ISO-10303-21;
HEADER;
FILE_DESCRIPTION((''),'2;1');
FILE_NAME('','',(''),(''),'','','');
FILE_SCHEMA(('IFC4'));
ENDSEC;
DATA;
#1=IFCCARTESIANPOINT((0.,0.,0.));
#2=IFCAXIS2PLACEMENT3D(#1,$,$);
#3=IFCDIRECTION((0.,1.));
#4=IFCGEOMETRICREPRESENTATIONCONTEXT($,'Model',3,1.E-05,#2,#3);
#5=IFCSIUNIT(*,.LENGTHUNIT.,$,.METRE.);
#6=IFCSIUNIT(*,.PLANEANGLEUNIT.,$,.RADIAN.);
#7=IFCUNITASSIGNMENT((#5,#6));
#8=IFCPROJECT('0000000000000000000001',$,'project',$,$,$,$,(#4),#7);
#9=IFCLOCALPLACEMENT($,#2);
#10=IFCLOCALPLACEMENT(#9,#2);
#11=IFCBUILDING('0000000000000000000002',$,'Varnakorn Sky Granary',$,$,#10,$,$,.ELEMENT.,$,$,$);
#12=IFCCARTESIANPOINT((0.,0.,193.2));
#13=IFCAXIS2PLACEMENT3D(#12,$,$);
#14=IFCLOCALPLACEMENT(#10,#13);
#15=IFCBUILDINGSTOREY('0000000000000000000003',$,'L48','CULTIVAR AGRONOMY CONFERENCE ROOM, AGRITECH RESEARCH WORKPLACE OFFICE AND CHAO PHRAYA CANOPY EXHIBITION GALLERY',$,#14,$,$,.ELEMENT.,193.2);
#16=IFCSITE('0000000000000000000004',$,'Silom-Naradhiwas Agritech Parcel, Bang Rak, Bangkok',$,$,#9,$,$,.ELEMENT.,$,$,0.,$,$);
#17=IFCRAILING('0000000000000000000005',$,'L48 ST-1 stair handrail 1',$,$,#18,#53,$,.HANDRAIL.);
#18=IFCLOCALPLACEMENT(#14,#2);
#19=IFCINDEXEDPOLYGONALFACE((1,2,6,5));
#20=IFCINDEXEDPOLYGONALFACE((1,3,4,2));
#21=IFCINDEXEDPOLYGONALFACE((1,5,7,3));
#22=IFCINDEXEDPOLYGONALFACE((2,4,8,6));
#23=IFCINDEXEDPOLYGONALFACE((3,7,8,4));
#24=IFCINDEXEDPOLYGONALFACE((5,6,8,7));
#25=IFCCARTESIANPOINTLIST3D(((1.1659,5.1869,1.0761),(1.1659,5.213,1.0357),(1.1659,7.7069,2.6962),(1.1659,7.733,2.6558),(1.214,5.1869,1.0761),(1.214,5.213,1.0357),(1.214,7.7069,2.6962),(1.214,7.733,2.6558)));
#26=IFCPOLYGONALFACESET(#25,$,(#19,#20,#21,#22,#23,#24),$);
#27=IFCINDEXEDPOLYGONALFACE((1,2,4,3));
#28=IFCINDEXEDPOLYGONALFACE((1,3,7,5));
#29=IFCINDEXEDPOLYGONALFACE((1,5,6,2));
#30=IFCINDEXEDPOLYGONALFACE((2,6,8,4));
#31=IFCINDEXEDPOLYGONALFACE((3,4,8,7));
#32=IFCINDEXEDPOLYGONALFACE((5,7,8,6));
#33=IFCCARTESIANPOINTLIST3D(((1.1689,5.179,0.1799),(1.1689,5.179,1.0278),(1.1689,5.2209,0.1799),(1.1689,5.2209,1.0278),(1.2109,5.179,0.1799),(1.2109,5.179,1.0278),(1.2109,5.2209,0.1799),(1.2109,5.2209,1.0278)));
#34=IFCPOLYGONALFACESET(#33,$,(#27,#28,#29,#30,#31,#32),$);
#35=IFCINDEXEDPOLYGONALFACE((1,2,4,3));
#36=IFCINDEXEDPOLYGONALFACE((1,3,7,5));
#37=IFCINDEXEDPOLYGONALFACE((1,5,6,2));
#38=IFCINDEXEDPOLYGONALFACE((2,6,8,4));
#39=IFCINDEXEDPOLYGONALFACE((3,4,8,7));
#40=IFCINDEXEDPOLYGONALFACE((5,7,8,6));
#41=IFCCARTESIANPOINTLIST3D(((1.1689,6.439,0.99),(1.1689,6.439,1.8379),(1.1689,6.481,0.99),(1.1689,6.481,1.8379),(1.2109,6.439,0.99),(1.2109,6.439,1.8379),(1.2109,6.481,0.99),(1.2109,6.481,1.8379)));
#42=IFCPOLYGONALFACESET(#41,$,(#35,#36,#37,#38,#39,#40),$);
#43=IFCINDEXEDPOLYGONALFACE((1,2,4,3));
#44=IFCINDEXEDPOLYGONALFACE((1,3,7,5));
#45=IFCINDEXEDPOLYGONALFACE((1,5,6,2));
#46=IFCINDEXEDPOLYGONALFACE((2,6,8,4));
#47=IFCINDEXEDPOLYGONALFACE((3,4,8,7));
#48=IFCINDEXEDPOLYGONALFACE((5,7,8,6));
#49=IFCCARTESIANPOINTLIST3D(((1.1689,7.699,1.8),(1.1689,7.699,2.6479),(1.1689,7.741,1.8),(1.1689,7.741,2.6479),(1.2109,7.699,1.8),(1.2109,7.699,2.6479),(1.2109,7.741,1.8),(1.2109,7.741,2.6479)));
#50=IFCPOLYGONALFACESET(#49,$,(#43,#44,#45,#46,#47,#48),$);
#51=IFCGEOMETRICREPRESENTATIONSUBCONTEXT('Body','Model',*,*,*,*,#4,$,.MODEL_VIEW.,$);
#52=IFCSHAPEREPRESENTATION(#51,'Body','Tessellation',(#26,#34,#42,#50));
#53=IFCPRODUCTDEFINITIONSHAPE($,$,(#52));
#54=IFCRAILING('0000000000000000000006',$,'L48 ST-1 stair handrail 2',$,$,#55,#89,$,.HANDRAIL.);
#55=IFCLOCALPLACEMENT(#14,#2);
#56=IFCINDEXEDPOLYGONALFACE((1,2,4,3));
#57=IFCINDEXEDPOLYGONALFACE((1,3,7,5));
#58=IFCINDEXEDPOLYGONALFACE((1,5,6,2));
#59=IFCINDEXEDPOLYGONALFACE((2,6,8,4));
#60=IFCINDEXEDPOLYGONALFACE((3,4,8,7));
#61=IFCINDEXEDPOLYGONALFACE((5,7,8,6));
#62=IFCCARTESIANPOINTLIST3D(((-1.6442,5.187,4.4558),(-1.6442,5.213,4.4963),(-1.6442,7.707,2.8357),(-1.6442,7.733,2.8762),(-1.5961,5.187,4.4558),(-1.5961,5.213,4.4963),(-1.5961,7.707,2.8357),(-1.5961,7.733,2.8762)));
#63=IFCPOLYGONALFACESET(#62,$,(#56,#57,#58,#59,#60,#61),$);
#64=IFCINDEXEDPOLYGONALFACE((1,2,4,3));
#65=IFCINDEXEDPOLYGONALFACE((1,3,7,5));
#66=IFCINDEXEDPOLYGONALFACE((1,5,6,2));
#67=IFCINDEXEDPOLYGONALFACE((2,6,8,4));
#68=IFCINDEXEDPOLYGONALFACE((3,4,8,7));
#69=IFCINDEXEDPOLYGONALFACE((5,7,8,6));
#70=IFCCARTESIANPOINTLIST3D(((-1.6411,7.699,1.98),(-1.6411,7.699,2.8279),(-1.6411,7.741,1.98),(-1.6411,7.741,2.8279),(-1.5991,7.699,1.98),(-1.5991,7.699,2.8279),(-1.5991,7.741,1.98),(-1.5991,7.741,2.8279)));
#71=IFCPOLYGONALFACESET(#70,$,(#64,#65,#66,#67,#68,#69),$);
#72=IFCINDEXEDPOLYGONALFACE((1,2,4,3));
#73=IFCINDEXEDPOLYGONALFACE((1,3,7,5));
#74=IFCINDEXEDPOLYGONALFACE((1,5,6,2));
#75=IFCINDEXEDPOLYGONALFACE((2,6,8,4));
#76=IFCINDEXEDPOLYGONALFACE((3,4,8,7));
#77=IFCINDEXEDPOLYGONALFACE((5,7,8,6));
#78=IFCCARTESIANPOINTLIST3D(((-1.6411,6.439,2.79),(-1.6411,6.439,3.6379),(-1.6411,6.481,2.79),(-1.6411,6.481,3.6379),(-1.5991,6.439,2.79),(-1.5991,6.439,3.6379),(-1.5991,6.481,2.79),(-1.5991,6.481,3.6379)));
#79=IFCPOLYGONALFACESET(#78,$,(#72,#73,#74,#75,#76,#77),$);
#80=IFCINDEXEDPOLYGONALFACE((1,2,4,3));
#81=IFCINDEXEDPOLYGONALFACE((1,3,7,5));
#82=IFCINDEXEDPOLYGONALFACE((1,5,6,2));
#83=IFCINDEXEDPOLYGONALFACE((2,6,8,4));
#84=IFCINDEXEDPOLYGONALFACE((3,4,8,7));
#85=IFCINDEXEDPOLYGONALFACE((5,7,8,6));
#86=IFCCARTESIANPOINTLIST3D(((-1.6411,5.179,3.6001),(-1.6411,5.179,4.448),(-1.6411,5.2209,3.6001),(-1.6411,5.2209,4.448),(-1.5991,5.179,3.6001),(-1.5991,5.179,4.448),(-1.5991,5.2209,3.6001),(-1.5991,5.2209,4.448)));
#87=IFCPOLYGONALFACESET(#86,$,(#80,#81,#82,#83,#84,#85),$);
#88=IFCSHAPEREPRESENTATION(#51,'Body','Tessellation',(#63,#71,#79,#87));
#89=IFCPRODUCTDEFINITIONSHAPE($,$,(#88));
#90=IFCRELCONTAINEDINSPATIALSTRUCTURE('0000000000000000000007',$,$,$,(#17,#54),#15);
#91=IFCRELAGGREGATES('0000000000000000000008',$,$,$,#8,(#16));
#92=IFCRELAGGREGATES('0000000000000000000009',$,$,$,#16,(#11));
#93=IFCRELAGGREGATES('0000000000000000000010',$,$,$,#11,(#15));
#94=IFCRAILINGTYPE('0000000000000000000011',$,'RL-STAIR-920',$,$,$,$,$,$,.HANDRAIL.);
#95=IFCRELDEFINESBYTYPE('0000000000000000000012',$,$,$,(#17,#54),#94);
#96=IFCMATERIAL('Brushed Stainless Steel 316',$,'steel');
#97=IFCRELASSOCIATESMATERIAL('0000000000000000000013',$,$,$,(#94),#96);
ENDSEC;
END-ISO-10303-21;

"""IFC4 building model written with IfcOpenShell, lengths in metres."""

from ifc_helpers import new_model, si_unit, direction, frame, origin, origin_2d, place, context, subcontext, project, spatial, rectangle, extrude, material, type_object, element, save


model = new_model("IFC4")

# Units and contexts
model_context = context("Model", 3, precision=1e-05, world=origin(), true_north=direction((0.0, 1.0)))
body_context = subcontext(model_context, "Body", "Model", "MODEL_VIEW")
ifc_project = project(units=[si_unit("LENGTHUNIT", "METRE"), si_unit("PLANEANGLEUNIT", "RADIAN")], contexts=[model_context])

# Site, building, storey
site_placement = place(None, origin())
site = spatial("IfcSite", under=ifc_project, at=site_placement, Name="Silom-Naradhiwas Agritech Parcel, Bang Rak, Bangkok", CompositionType="ELEMENT", RefElevation=0.0)
building_placement = place(site_placement, origin())
building = spatial("IfcBuilding", under=site, at=building_placement, Name="Varnakorn Sky Granary", CompositionType="ELEMENT")
storey_placement = place(building_placement, frame((0.0, 0.0, 193.2)))
storey = spatial("IfcBuildingStorey", under=building, at=storey_placement, Name="L48", Description="CULTIVAR AGRONOMY CONFERENCE ROOM, AGRITECH RESEARCH WORKPLACE OFFICE AND CHAO PHRAYA CANOPY EXHIBITION GALLERY", CompositionType="ELEMENT", Elevation=193.2)

# Railings
ifc_material_1 = material(Name="Brushed Stainless Steel 316", Category="steel")
railing_type_1 = type_object("IfcRailingType", Name="RL-STAIR-920", PredefinedType="HANDRAIL", material=ifc_material_1)
railing_1_placement = place(storey_placement, frame((1.1899, 5.2, 0.1799)))
element("IfcRailing", 1, at=railing_1_placement, inside=storey, type_object=railing_type_1, Name="L48 ST-1 stair handrail 1", PredefinedType="HANDRAIL", context=body_context, shape_type="SweptSolid", body=[
    extrude(rectangle(XDim=0.0481, YDim=0.0481, at=origin_2d()), frame((0.0, 0.0, 0.876), z_axis=(0.0, 0.841163, 0.540782), x_axis=(-1.0, 0.0, 0.0)), (0.0, 0.0, 1.0), 2.9958),
    extrude(rectangle(XDim=0.042, YDim=0.042, at=origin_2d()), origin(), (0.0, 0.0, 1.0), 0.8479),
    extrude(rectangle(XDim=0.042, YDim=0.042, at=origin_2d()), frame((0.0, 1.26, 0.8101)), (0.0, 0.0, 1.0), 0.8479),
    extrude(rectangle(XDim=0.042, YDim=0.042, at=origin_2d()), frame((0.0, 2.52, 1.6201)), (0.0, 0.0, 1.0), 0.8479),
])
railing_2_placement = place(storey_placement, frame((-1.6201, 7.72, 1.98)))
element("IfcRailing", 2, at=railing_2_placement, inside=storey, type_object=railing_type_1, Name="L48 ST-1 stair handrail 2", PredefinedType="HANDRAIL", context=body_context, shape_type="SweptSolid", body=[
    extrude(rectangle(XDim=0.0481, YDim=0.0481, at=origin_2d()), frame((0.0, 0.0, 0.876), z_axis=(0.0, -0.841163, 0.540782), x_axis=(1.0, 0.0, 0.0)), (0.0, 0.0, 1.0), 2.9958),
    extrude(rectangle(XDim=0.042, YDim=0.042, at=origin_2d()), origin(), (0.0, 0.0, 1.0), 0.8479),
    extrude(rectangle(XDim=0.042, YDim=0.042, at=origin_2d()), frame((0.0, -1.26, 0.8101)), (0.0, 0.0, 1.0), 0.8479),
    extrude(rectangle(XDim=0.042, YDim=0.042, at=origin_2d()), frame((0.0, -2.52, 1.6201)), (0.0, 0.0, 1.0), 0.8479),
])

save(model, "model.ifc")
